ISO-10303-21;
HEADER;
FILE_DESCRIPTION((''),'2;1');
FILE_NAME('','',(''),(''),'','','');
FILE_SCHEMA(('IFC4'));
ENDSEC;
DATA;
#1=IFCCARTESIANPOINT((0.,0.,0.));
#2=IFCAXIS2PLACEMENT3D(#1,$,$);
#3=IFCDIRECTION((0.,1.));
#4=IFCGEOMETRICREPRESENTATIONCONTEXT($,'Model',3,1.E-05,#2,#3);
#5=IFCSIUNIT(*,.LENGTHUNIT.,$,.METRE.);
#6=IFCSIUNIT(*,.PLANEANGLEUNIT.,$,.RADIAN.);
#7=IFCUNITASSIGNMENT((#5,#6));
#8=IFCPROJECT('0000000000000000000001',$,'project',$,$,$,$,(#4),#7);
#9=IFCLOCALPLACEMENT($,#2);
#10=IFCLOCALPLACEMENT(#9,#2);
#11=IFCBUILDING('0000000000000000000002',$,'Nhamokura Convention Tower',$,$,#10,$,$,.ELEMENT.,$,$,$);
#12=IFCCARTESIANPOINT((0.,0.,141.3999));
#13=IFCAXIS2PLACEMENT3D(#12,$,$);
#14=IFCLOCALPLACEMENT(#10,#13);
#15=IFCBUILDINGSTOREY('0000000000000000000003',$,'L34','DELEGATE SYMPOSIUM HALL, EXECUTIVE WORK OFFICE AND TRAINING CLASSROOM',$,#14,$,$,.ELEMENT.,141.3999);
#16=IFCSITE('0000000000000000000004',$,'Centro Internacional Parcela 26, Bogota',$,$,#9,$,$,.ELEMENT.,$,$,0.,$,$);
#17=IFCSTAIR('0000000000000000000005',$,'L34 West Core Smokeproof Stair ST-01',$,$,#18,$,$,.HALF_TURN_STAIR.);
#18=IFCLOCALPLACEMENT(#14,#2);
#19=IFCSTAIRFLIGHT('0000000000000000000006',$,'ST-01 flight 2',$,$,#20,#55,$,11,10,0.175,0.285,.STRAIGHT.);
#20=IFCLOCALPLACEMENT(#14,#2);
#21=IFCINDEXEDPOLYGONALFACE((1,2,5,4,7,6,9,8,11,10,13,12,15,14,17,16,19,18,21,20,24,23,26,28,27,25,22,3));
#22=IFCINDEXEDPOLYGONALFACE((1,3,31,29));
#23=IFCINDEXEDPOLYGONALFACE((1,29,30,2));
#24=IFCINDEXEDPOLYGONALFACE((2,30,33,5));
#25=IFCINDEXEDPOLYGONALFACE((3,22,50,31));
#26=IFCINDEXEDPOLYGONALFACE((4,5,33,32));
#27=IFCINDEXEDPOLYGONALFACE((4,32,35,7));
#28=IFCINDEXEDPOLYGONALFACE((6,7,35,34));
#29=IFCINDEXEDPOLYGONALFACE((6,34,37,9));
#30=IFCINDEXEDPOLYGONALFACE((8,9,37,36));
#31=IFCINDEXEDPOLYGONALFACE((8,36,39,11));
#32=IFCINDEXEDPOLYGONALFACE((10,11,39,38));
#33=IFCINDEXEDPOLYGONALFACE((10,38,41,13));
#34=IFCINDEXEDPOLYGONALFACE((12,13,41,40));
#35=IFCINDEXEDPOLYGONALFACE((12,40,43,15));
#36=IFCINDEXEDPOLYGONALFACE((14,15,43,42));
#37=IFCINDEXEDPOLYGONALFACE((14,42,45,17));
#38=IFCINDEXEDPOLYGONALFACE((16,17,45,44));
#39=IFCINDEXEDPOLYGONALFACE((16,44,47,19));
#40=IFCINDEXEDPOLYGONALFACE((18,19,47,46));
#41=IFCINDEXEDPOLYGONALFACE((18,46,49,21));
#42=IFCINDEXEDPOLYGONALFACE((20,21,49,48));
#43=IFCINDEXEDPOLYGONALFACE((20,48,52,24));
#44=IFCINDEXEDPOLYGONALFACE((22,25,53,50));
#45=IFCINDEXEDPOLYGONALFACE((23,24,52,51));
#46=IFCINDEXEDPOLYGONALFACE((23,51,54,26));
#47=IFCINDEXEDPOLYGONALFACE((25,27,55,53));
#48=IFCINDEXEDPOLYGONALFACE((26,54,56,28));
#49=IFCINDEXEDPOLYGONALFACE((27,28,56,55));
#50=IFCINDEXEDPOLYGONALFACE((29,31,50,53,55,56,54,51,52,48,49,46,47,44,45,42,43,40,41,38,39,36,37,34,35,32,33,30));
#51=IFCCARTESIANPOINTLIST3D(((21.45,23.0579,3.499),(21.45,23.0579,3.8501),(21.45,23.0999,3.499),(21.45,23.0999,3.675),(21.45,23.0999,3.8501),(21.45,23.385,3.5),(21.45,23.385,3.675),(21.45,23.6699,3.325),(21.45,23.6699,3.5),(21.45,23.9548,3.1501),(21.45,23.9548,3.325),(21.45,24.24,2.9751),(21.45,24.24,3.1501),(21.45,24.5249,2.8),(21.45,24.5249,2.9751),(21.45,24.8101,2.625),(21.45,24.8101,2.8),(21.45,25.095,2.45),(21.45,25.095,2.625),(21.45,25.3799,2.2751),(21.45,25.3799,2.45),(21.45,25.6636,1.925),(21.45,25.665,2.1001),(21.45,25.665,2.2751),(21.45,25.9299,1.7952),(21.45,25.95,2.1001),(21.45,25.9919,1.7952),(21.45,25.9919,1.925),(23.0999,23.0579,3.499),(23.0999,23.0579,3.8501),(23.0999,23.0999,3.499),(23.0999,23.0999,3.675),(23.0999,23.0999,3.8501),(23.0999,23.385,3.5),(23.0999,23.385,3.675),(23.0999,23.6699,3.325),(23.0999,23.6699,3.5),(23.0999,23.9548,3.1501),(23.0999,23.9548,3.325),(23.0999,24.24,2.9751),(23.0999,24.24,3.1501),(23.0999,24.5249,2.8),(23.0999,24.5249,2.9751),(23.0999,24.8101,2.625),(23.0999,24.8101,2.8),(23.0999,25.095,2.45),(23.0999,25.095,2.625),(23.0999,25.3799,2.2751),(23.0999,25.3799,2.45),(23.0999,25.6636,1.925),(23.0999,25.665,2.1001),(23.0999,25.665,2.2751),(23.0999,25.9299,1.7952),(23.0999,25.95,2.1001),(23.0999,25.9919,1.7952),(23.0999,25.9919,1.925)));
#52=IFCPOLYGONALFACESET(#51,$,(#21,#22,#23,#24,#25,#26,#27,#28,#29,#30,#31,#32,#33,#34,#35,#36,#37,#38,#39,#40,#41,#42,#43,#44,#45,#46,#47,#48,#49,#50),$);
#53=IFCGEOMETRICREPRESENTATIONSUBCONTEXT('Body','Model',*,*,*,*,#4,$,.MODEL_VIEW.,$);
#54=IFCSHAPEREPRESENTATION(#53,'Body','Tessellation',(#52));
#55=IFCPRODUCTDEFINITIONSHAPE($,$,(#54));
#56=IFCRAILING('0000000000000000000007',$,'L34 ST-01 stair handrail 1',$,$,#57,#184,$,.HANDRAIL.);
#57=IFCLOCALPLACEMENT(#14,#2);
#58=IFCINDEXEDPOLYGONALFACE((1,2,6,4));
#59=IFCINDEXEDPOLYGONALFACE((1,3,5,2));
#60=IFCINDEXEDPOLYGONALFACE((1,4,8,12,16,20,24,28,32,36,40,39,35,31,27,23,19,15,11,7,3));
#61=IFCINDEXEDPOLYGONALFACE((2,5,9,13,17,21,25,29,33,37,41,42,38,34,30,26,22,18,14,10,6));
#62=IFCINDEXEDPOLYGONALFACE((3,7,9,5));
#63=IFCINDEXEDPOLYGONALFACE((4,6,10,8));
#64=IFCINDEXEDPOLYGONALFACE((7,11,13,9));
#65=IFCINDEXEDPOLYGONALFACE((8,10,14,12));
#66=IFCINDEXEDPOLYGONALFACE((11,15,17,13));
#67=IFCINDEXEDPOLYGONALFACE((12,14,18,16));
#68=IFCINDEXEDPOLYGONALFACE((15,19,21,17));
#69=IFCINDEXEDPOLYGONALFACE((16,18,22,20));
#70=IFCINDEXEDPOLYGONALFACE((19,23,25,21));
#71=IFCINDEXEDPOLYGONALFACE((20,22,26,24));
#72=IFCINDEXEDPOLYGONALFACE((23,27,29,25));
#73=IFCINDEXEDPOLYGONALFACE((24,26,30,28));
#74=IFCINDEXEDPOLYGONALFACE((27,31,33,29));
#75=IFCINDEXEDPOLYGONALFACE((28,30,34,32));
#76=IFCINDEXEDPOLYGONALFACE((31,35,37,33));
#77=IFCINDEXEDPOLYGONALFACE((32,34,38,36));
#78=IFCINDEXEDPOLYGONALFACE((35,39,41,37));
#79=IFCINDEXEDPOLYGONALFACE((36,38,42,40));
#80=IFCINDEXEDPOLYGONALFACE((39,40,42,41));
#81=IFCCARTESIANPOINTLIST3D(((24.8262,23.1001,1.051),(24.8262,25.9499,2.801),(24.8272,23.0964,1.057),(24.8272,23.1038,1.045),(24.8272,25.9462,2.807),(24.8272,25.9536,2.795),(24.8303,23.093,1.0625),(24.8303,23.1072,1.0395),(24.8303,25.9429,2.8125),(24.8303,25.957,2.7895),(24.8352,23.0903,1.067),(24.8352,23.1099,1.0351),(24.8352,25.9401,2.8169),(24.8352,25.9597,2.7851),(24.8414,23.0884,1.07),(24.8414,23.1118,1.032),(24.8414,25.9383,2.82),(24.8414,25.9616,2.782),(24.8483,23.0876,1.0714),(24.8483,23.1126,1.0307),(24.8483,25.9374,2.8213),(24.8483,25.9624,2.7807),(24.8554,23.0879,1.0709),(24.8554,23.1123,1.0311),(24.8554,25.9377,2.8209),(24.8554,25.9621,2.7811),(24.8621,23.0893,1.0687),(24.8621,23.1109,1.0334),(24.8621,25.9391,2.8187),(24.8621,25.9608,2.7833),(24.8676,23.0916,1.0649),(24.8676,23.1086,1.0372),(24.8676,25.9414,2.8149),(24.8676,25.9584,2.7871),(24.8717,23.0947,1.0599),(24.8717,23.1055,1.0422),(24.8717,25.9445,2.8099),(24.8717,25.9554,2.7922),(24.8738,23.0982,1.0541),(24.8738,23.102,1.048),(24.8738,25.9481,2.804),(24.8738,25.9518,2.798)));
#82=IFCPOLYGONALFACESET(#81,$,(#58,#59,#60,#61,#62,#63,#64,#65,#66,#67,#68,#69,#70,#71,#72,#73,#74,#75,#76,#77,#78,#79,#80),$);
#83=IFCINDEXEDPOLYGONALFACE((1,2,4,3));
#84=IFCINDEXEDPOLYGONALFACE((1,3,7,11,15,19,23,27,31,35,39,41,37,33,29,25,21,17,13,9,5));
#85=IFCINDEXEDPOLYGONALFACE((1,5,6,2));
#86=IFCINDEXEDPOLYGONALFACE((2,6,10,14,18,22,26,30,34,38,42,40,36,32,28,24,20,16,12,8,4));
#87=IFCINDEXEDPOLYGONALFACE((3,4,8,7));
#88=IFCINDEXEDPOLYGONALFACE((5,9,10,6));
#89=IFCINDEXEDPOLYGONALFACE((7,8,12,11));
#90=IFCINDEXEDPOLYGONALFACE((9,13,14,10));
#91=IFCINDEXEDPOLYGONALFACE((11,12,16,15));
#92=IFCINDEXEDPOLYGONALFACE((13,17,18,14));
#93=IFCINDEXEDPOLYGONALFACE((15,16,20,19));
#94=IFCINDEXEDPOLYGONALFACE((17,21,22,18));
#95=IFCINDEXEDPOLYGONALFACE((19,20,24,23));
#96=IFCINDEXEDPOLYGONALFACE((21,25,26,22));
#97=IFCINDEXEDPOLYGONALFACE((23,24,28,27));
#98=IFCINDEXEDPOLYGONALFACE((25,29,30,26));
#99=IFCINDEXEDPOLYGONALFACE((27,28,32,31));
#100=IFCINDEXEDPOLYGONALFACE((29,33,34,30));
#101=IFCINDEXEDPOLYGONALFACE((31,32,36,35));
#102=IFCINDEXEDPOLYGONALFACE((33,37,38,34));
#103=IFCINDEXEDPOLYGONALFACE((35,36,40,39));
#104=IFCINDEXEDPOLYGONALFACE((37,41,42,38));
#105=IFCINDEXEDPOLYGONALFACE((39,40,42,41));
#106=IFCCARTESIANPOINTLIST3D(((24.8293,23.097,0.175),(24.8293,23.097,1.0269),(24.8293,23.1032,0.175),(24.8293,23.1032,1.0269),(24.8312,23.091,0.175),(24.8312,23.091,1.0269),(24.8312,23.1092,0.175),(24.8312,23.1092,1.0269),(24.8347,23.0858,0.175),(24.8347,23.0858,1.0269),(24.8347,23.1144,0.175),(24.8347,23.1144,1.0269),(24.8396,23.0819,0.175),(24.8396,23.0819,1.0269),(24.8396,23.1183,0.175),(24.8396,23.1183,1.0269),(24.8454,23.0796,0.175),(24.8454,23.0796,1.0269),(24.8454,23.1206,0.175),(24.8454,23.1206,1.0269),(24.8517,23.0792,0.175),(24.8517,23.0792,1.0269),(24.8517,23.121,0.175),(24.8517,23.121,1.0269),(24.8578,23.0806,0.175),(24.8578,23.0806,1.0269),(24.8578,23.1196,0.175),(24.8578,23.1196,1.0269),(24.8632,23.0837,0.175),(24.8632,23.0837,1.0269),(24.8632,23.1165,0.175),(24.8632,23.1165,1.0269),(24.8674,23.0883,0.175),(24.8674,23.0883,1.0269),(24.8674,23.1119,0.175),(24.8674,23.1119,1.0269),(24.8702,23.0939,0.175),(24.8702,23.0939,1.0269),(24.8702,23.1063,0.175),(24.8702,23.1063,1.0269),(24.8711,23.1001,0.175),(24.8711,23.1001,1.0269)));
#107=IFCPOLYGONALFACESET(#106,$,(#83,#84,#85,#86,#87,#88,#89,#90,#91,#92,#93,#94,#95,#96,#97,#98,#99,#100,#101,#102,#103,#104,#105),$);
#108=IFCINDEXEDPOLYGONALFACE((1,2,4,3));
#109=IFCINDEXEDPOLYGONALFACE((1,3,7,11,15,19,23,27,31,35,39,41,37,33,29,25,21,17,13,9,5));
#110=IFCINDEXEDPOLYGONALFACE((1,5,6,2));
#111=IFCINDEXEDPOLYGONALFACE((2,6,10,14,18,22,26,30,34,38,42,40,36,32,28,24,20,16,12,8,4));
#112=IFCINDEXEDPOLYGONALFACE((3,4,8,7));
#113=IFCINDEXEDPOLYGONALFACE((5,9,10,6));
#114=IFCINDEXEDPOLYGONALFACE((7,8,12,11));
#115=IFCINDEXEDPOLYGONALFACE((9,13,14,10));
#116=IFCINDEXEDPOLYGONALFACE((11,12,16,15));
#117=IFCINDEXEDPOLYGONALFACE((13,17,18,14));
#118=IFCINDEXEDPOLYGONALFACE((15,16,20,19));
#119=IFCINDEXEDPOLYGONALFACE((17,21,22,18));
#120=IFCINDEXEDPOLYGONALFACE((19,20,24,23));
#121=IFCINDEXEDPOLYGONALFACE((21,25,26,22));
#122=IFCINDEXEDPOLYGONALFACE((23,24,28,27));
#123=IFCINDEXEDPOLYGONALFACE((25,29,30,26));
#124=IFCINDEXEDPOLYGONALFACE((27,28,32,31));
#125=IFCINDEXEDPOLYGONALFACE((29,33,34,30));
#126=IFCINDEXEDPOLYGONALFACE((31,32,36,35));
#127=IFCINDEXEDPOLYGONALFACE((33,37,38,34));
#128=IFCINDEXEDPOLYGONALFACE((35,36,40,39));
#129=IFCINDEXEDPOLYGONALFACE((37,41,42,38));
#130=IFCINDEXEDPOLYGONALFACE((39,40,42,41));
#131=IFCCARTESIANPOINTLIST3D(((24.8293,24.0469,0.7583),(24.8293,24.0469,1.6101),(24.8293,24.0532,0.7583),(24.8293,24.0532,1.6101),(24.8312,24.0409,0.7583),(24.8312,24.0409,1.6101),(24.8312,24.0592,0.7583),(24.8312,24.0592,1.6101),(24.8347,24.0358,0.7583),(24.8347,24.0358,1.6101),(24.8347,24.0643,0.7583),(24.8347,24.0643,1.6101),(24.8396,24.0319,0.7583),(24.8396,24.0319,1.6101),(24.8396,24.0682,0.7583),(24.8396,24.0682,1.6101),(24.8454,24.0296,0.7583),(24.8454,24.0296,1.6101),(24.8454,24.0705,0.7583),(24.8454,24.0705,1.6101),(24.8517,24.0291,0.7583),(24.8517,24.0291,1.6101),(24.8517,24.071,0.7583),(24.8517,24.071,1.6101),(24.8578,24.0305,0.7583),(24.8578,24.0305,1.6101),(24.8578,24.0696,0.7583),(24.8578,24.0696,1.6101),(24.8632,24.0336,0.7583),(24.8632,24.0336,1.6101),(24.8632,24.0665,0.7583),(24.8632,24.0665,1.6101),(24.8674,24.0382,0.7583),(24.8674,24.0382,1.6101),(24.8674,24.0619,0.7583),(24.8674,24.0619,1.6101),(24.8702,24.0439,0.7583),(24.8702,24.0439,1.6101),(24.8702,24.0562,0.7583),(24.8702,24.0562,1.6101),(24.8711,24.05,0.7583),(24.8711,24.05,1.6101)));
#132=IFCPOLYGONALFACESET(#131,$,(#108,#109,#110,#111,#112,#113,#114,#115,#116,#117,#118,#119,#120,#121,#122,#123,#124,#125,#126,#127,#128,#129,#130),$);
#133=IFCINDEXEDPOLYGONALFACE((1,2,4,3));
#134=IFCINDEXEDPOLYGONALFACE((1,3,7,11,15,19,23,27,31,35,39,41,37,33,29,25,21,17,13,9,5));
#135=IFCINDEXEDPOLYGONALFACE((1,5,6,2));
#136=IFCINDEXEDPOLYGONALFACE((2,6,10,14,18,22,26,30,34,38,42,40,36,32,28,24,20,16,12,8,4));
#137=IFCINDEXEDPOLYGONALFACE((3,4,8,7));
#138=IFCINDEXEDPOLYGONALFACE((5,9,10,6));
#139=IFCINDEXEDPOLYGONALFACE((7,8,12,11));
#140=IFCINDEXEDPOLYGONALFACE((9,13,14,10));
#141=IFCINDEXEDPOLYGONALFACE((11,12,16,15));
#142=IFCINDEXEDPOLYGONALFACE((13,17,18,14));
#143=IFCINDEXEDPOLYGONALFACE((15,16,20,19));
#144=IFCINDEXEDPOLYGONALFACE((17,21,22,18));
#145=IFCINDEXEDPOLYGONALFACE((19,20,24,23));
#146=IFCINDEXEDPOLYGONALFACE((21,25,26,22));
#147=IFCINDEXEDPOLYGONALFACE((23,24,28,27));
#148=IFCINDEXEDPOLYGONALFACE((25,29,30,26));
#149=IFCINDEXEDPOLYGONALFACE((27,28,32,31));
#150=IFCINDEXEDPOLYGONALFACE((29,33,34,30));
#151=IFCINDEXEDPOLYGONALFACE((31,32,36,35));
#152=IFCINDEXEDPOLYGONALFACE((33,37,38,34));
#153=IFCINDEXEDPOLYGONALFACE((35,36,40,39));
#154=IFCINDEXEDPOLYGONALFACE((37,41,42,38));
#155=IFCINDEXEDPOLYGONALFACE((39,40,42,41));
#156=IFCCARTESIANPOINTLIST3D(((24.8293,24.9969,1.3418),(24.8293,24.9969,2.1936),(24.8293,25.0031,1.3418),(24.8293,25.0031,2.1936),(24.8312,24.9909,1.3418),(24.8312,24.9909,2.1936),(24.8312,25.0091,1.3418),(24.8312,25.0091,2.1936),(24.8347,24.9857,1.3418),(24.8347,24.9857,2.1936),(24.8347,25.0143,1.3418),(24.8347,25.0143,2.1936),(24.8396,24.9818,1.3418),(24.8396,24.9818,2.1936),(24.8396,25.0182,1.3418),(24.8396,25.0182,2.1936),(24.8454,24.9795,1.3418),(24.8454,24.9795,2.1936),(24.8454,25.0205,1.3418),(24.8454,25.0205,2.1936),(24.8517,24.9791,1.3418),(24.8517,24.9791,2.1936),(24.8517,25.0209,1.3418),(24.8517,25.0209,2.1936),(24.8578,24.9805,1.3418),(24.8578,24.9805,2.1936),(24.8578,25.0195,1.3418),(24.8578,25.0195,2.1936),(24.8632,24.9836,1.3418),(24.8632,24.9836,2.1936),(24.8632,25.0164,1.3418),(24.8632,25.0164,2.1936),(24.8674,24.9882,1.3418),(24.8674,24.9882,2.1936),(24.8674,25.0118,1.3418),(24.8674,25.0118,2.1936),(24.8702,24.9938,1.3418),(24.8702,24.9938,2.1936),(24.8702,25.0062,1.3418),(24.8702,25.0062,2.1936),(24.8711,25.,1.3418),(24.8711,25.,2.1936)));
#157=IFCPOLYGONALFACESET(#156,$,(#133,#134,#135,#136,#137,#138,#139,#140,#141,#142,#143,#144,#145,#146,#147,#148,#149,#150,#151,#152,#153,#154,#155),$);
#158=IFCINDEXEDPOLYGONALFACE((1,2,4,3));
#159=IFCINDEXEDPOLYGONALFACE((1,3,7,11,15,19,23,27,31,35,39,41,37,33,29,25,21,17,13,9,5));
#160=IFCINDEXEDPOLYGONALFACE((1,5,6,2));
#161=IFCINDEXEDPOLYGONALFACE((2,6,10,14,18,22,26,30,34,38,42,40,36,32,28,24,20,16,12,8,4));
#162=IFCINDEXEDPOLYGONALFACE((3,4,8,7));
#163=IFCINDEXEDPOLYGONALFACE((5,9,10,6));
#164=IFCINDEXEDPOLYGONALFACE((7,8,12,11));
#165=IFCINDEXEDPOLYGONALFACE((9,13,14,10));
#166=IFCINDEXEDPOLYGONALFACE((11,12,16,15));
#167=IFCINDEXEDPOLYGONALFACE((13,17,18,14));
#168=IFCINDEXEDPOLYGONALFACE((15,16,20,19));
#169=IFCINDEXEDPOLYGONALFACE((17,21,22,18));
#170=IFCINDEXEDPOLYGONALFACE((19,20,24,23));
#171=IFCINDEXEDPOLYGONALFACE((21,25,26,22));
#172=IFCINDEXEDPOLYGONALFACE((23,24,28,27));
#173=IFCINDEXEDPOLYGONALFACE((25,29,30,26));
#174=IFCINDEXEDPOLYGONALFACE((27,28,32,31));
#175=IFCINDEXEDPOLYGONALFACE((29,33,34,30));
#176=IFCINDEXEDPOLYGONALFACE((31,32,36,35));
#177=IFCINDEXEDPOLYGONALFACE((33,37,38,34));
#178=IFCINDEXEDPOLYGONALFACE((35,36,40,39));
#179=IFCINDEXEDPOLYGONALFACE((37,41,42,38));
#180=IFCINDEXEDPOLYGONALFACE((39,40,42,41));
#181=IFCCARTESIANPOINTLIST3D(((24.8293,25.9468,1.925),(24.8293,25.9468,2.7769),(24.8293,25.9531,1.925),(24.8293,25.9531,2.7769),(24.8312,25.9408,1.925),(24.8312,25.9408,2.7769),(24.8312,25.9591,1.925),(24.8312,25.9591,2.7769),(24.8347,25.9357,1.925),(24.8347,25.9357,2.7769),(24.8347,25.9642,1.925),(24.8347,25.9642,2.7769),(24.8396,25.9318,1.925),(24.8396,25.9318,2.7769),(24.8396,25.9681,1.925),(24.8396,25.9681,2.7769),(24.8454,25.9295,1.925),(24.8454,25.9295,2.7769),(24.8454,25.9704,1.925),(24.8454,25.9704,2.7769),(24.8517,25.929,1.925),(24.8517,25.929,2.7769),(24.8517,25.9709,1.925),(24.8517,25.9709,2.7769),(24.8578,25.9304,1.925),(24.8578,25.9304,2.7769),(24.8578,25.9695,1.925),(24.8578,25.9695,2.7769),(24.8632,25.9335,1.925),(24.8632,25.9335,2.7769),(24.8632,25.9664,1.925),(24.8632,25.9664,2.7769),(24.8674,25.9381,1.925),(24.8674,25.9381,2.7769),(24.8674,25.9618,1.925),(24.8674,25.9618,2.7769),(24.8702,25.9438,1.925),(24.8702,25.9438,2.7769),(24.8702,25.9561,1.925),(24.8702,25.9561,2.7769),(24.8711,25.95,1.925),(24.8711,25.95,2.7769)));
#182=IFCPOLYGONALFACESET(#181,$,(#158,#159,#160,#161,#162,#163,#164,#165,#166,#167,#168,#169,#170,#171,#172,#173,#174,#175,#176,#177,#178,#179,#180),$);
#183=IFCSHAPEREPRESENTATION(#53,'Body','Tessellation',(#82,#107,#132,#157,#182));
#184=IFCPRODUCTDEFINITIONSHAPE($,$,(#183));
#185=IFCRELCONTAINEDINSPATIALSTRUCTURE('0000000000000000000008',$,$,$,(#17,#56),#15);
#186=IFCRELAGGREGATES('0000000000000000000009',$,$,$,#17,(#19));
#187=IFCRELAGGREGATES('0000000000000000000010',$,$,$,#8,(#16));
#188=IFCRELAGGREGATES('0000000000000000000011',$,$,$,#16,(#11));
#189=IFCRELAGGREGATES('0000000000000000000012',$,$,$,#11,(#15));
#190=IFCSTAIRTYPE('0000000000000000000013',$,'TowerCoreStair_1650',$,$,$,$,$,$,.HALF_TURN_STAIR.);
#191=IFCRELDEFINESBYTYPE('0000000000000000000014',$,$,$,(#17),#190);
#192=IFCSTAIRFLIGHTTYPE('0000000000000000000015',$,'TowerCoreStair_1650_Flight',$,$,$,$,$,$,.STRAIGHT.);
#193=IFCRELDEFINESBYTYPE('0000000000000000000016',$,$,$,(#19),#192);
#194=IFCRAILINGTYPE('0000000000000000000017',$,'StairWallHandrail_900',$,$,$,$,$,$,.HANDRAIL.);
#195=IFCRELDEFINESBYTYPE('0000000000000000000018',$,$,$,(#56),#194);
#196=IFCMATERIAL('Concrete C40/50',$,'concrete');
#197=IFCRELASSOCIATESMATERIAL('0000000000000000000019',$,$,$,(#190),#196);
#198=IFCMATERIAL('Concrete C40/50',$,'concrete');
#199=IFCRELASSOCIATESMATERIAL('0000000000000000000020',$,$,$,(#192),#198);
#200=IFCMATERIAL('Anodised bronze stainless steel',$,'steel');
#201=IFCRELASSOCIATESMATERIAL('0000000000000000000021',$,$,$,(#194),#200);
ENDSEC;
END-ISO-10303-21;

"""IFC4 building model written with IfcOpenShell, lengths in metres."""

from ifc_helpers import new_model, si_unit, direction, frame, origin, origin_2d, place, context, subcontext, project, spatial, polyline, circle, outline, extrude, material, type_object, element, aggregate, save


model = new_model("IFC4")

# Units and contexts
model_context = context("Model", 3, precision=1e-05, world=origin(), true_north=direction((0.0, 1.0)))
body_context = subcontext(model_context, "Body", "Model", "MODEL_VIEW")
ifc_project = project(units=[si_unit("LENGTHUNIT", "METRE"), si_unit("PLANEANGLEUNIT", "RADIAN")], contexts=[model_context])

# Site, building, storey
site_placement = place(None, origin())
site = spatial("IfcSite", under=ifc_project, at=site_placement, Name="Centro Internacional Parcela 26, Bogota", CompositionType="ELEMENT", RefElevation=0.0)
building_placement = place(site_placement, origin())
building = spatial("IfcBuilding", under=site, at=building_placement, Name="Nhamokura Convention Tower", CompositionType="ELEMENT")
storey_placement = place(building_placement, frame((0.0, 0.0, 141.3999)))
storey = spatial("IfcBuildingStorey", under=building, at=storey_placement, Name="L34", Description="DELEGATE SYMPOSIUM HALL, EXECUTIVE WORK OFFICE AND TRAINING CLASSROOM", CompositionType="ELEMENT", Elevation=141.3999)

# Stair, stair flight
ifc_material_1 = material(Name="Concrete C40/50", Category="concrete")
stair_type = type_object("IfcStairType", Name="TowerCoreStair_1650", PredefinedType="HALF_TURN_STAIR", material=ifc_material_1)
stair_placement = place(storey_placement, origin())
stair = element("IfcStair", 1, at=stair_placement, inside=storey, type_object=stair_type, Name="L34 West Core Smokeproof Stair ST-01", PredefinedType="HALF_TURN_STAIR")
ifc_material_2 = material(Name="Concrete C40/50", Category="concrete")
stair_flight_type = type_object("IfcStairFlightType", Name="TowerCoreStair_1650_Flight", PredefinedType="STRAIGHT", material=ifc_material_2)
stair_flight_1_placement = place(storey_placement, frame((22.2749, 25.95, 1.925), z_axis=(0.0, 0.0, 1.0), x_axis=(0.0, -1.0, 0.0)))
stair_flight_1 = element("IfcStairFlight", 2, at=stair_flight_1_placement, type_object=stair_flight_type, Name="ST-01 flight 2", NumberOfRisers=11, NumberOfTreads=10, PredefinedType="STRAIGHT", RiserHeight=0.175, TreadLength=0.285, context=body_context, shape_type="SweptSolid", body=[
    extrude(outline(polyline([(-0.042, 0.0), (0.0, 0.175), (0.2849, 0.175), (0.2849, 0.3501), (0.5701, 0.3501), (0.5701, 0.5249), (0.855, 0.5249), (0.855, 0.7), (1.1399, 0.7), (1.1399, 0.875), (1.425, 0.875), (1.425, 1.05), (1.71, 1.05), (1.71, 1.2251), (1.9951, 1.2251), (1.9951, 1.3999), (2.28, 1.3999), (2.28, 1.575), (2.5649, 1.575), (2.5649, 1.75), (2.8501, 1.75), (2.8501, 1.925), (2.8921, 1.925), (2.8921, 1.574), (2.8501, 1.574), (0.2864, 0.0), (0.02, -0.1299), (-0.042, -0.1299), (-0.042, 0.0)])), frame((0.0, 0.825, 0.0), z_axis=(0.0, -1.0, 0.0), x_axis=(1.0, 0.0, 0.0)), (0.0, 0.0, 1.0), 1.6499),
])
aggregate(stair, [stair_flight_1])

# Railing
ifc_material_3 = material(Name="Anodised bronze stainless steel", Category="steel")
railing_type_1 = type_object("IfcRailingType", Name="StairWallHandrail_900", PredefinedType="HANDRAIL", material=ifc_material_3)
railing_1_placement = place(storey_placement, frame((24.8501, 23.1001, 0.175)))
element("IfcRailing", 3, at=railing_1_placement, inside=storey, type_object=railing_type_1, Name="L34 ST-01 stair handrail 1", PredefinedType="HANDRAIL", context=body_context, shape_type="SweptSolid", body=[
    extrude(circle(Radius=0.0239, at=origin_2d()), frame((0.0, 0.0, 0.876), z_axis=(0.0, 0.852159, 0.523283), x_axis=(-1.0, 0.0, 0.0)), (0.0, 0.0, 1.0), 3.3442),
    extrude(circle(Radius=0.021, at=origin_2d()), origin(), (0.0, 0.0, 1.0), 0.8518),
    extrude(circle(Radius=0.021, at=origin_2d()), frame((0.0, 0.95, 0.5833)), (0.0, 0.0, 1.0), 0.8518),
    extrude(circle(Radius=0.021, at=origin_2d()), frame((0.0, 1.8999, 1.1667)), (0.0, 0.0, 1.0), 0.8518),
    extrude(circle(Radius=0.021, at=origin_2d()), frame((0.0, 2.8499, 1.75)), (0.0, 0.0, 1.0), 0.8518),
])

save(model, "model.ifc")
